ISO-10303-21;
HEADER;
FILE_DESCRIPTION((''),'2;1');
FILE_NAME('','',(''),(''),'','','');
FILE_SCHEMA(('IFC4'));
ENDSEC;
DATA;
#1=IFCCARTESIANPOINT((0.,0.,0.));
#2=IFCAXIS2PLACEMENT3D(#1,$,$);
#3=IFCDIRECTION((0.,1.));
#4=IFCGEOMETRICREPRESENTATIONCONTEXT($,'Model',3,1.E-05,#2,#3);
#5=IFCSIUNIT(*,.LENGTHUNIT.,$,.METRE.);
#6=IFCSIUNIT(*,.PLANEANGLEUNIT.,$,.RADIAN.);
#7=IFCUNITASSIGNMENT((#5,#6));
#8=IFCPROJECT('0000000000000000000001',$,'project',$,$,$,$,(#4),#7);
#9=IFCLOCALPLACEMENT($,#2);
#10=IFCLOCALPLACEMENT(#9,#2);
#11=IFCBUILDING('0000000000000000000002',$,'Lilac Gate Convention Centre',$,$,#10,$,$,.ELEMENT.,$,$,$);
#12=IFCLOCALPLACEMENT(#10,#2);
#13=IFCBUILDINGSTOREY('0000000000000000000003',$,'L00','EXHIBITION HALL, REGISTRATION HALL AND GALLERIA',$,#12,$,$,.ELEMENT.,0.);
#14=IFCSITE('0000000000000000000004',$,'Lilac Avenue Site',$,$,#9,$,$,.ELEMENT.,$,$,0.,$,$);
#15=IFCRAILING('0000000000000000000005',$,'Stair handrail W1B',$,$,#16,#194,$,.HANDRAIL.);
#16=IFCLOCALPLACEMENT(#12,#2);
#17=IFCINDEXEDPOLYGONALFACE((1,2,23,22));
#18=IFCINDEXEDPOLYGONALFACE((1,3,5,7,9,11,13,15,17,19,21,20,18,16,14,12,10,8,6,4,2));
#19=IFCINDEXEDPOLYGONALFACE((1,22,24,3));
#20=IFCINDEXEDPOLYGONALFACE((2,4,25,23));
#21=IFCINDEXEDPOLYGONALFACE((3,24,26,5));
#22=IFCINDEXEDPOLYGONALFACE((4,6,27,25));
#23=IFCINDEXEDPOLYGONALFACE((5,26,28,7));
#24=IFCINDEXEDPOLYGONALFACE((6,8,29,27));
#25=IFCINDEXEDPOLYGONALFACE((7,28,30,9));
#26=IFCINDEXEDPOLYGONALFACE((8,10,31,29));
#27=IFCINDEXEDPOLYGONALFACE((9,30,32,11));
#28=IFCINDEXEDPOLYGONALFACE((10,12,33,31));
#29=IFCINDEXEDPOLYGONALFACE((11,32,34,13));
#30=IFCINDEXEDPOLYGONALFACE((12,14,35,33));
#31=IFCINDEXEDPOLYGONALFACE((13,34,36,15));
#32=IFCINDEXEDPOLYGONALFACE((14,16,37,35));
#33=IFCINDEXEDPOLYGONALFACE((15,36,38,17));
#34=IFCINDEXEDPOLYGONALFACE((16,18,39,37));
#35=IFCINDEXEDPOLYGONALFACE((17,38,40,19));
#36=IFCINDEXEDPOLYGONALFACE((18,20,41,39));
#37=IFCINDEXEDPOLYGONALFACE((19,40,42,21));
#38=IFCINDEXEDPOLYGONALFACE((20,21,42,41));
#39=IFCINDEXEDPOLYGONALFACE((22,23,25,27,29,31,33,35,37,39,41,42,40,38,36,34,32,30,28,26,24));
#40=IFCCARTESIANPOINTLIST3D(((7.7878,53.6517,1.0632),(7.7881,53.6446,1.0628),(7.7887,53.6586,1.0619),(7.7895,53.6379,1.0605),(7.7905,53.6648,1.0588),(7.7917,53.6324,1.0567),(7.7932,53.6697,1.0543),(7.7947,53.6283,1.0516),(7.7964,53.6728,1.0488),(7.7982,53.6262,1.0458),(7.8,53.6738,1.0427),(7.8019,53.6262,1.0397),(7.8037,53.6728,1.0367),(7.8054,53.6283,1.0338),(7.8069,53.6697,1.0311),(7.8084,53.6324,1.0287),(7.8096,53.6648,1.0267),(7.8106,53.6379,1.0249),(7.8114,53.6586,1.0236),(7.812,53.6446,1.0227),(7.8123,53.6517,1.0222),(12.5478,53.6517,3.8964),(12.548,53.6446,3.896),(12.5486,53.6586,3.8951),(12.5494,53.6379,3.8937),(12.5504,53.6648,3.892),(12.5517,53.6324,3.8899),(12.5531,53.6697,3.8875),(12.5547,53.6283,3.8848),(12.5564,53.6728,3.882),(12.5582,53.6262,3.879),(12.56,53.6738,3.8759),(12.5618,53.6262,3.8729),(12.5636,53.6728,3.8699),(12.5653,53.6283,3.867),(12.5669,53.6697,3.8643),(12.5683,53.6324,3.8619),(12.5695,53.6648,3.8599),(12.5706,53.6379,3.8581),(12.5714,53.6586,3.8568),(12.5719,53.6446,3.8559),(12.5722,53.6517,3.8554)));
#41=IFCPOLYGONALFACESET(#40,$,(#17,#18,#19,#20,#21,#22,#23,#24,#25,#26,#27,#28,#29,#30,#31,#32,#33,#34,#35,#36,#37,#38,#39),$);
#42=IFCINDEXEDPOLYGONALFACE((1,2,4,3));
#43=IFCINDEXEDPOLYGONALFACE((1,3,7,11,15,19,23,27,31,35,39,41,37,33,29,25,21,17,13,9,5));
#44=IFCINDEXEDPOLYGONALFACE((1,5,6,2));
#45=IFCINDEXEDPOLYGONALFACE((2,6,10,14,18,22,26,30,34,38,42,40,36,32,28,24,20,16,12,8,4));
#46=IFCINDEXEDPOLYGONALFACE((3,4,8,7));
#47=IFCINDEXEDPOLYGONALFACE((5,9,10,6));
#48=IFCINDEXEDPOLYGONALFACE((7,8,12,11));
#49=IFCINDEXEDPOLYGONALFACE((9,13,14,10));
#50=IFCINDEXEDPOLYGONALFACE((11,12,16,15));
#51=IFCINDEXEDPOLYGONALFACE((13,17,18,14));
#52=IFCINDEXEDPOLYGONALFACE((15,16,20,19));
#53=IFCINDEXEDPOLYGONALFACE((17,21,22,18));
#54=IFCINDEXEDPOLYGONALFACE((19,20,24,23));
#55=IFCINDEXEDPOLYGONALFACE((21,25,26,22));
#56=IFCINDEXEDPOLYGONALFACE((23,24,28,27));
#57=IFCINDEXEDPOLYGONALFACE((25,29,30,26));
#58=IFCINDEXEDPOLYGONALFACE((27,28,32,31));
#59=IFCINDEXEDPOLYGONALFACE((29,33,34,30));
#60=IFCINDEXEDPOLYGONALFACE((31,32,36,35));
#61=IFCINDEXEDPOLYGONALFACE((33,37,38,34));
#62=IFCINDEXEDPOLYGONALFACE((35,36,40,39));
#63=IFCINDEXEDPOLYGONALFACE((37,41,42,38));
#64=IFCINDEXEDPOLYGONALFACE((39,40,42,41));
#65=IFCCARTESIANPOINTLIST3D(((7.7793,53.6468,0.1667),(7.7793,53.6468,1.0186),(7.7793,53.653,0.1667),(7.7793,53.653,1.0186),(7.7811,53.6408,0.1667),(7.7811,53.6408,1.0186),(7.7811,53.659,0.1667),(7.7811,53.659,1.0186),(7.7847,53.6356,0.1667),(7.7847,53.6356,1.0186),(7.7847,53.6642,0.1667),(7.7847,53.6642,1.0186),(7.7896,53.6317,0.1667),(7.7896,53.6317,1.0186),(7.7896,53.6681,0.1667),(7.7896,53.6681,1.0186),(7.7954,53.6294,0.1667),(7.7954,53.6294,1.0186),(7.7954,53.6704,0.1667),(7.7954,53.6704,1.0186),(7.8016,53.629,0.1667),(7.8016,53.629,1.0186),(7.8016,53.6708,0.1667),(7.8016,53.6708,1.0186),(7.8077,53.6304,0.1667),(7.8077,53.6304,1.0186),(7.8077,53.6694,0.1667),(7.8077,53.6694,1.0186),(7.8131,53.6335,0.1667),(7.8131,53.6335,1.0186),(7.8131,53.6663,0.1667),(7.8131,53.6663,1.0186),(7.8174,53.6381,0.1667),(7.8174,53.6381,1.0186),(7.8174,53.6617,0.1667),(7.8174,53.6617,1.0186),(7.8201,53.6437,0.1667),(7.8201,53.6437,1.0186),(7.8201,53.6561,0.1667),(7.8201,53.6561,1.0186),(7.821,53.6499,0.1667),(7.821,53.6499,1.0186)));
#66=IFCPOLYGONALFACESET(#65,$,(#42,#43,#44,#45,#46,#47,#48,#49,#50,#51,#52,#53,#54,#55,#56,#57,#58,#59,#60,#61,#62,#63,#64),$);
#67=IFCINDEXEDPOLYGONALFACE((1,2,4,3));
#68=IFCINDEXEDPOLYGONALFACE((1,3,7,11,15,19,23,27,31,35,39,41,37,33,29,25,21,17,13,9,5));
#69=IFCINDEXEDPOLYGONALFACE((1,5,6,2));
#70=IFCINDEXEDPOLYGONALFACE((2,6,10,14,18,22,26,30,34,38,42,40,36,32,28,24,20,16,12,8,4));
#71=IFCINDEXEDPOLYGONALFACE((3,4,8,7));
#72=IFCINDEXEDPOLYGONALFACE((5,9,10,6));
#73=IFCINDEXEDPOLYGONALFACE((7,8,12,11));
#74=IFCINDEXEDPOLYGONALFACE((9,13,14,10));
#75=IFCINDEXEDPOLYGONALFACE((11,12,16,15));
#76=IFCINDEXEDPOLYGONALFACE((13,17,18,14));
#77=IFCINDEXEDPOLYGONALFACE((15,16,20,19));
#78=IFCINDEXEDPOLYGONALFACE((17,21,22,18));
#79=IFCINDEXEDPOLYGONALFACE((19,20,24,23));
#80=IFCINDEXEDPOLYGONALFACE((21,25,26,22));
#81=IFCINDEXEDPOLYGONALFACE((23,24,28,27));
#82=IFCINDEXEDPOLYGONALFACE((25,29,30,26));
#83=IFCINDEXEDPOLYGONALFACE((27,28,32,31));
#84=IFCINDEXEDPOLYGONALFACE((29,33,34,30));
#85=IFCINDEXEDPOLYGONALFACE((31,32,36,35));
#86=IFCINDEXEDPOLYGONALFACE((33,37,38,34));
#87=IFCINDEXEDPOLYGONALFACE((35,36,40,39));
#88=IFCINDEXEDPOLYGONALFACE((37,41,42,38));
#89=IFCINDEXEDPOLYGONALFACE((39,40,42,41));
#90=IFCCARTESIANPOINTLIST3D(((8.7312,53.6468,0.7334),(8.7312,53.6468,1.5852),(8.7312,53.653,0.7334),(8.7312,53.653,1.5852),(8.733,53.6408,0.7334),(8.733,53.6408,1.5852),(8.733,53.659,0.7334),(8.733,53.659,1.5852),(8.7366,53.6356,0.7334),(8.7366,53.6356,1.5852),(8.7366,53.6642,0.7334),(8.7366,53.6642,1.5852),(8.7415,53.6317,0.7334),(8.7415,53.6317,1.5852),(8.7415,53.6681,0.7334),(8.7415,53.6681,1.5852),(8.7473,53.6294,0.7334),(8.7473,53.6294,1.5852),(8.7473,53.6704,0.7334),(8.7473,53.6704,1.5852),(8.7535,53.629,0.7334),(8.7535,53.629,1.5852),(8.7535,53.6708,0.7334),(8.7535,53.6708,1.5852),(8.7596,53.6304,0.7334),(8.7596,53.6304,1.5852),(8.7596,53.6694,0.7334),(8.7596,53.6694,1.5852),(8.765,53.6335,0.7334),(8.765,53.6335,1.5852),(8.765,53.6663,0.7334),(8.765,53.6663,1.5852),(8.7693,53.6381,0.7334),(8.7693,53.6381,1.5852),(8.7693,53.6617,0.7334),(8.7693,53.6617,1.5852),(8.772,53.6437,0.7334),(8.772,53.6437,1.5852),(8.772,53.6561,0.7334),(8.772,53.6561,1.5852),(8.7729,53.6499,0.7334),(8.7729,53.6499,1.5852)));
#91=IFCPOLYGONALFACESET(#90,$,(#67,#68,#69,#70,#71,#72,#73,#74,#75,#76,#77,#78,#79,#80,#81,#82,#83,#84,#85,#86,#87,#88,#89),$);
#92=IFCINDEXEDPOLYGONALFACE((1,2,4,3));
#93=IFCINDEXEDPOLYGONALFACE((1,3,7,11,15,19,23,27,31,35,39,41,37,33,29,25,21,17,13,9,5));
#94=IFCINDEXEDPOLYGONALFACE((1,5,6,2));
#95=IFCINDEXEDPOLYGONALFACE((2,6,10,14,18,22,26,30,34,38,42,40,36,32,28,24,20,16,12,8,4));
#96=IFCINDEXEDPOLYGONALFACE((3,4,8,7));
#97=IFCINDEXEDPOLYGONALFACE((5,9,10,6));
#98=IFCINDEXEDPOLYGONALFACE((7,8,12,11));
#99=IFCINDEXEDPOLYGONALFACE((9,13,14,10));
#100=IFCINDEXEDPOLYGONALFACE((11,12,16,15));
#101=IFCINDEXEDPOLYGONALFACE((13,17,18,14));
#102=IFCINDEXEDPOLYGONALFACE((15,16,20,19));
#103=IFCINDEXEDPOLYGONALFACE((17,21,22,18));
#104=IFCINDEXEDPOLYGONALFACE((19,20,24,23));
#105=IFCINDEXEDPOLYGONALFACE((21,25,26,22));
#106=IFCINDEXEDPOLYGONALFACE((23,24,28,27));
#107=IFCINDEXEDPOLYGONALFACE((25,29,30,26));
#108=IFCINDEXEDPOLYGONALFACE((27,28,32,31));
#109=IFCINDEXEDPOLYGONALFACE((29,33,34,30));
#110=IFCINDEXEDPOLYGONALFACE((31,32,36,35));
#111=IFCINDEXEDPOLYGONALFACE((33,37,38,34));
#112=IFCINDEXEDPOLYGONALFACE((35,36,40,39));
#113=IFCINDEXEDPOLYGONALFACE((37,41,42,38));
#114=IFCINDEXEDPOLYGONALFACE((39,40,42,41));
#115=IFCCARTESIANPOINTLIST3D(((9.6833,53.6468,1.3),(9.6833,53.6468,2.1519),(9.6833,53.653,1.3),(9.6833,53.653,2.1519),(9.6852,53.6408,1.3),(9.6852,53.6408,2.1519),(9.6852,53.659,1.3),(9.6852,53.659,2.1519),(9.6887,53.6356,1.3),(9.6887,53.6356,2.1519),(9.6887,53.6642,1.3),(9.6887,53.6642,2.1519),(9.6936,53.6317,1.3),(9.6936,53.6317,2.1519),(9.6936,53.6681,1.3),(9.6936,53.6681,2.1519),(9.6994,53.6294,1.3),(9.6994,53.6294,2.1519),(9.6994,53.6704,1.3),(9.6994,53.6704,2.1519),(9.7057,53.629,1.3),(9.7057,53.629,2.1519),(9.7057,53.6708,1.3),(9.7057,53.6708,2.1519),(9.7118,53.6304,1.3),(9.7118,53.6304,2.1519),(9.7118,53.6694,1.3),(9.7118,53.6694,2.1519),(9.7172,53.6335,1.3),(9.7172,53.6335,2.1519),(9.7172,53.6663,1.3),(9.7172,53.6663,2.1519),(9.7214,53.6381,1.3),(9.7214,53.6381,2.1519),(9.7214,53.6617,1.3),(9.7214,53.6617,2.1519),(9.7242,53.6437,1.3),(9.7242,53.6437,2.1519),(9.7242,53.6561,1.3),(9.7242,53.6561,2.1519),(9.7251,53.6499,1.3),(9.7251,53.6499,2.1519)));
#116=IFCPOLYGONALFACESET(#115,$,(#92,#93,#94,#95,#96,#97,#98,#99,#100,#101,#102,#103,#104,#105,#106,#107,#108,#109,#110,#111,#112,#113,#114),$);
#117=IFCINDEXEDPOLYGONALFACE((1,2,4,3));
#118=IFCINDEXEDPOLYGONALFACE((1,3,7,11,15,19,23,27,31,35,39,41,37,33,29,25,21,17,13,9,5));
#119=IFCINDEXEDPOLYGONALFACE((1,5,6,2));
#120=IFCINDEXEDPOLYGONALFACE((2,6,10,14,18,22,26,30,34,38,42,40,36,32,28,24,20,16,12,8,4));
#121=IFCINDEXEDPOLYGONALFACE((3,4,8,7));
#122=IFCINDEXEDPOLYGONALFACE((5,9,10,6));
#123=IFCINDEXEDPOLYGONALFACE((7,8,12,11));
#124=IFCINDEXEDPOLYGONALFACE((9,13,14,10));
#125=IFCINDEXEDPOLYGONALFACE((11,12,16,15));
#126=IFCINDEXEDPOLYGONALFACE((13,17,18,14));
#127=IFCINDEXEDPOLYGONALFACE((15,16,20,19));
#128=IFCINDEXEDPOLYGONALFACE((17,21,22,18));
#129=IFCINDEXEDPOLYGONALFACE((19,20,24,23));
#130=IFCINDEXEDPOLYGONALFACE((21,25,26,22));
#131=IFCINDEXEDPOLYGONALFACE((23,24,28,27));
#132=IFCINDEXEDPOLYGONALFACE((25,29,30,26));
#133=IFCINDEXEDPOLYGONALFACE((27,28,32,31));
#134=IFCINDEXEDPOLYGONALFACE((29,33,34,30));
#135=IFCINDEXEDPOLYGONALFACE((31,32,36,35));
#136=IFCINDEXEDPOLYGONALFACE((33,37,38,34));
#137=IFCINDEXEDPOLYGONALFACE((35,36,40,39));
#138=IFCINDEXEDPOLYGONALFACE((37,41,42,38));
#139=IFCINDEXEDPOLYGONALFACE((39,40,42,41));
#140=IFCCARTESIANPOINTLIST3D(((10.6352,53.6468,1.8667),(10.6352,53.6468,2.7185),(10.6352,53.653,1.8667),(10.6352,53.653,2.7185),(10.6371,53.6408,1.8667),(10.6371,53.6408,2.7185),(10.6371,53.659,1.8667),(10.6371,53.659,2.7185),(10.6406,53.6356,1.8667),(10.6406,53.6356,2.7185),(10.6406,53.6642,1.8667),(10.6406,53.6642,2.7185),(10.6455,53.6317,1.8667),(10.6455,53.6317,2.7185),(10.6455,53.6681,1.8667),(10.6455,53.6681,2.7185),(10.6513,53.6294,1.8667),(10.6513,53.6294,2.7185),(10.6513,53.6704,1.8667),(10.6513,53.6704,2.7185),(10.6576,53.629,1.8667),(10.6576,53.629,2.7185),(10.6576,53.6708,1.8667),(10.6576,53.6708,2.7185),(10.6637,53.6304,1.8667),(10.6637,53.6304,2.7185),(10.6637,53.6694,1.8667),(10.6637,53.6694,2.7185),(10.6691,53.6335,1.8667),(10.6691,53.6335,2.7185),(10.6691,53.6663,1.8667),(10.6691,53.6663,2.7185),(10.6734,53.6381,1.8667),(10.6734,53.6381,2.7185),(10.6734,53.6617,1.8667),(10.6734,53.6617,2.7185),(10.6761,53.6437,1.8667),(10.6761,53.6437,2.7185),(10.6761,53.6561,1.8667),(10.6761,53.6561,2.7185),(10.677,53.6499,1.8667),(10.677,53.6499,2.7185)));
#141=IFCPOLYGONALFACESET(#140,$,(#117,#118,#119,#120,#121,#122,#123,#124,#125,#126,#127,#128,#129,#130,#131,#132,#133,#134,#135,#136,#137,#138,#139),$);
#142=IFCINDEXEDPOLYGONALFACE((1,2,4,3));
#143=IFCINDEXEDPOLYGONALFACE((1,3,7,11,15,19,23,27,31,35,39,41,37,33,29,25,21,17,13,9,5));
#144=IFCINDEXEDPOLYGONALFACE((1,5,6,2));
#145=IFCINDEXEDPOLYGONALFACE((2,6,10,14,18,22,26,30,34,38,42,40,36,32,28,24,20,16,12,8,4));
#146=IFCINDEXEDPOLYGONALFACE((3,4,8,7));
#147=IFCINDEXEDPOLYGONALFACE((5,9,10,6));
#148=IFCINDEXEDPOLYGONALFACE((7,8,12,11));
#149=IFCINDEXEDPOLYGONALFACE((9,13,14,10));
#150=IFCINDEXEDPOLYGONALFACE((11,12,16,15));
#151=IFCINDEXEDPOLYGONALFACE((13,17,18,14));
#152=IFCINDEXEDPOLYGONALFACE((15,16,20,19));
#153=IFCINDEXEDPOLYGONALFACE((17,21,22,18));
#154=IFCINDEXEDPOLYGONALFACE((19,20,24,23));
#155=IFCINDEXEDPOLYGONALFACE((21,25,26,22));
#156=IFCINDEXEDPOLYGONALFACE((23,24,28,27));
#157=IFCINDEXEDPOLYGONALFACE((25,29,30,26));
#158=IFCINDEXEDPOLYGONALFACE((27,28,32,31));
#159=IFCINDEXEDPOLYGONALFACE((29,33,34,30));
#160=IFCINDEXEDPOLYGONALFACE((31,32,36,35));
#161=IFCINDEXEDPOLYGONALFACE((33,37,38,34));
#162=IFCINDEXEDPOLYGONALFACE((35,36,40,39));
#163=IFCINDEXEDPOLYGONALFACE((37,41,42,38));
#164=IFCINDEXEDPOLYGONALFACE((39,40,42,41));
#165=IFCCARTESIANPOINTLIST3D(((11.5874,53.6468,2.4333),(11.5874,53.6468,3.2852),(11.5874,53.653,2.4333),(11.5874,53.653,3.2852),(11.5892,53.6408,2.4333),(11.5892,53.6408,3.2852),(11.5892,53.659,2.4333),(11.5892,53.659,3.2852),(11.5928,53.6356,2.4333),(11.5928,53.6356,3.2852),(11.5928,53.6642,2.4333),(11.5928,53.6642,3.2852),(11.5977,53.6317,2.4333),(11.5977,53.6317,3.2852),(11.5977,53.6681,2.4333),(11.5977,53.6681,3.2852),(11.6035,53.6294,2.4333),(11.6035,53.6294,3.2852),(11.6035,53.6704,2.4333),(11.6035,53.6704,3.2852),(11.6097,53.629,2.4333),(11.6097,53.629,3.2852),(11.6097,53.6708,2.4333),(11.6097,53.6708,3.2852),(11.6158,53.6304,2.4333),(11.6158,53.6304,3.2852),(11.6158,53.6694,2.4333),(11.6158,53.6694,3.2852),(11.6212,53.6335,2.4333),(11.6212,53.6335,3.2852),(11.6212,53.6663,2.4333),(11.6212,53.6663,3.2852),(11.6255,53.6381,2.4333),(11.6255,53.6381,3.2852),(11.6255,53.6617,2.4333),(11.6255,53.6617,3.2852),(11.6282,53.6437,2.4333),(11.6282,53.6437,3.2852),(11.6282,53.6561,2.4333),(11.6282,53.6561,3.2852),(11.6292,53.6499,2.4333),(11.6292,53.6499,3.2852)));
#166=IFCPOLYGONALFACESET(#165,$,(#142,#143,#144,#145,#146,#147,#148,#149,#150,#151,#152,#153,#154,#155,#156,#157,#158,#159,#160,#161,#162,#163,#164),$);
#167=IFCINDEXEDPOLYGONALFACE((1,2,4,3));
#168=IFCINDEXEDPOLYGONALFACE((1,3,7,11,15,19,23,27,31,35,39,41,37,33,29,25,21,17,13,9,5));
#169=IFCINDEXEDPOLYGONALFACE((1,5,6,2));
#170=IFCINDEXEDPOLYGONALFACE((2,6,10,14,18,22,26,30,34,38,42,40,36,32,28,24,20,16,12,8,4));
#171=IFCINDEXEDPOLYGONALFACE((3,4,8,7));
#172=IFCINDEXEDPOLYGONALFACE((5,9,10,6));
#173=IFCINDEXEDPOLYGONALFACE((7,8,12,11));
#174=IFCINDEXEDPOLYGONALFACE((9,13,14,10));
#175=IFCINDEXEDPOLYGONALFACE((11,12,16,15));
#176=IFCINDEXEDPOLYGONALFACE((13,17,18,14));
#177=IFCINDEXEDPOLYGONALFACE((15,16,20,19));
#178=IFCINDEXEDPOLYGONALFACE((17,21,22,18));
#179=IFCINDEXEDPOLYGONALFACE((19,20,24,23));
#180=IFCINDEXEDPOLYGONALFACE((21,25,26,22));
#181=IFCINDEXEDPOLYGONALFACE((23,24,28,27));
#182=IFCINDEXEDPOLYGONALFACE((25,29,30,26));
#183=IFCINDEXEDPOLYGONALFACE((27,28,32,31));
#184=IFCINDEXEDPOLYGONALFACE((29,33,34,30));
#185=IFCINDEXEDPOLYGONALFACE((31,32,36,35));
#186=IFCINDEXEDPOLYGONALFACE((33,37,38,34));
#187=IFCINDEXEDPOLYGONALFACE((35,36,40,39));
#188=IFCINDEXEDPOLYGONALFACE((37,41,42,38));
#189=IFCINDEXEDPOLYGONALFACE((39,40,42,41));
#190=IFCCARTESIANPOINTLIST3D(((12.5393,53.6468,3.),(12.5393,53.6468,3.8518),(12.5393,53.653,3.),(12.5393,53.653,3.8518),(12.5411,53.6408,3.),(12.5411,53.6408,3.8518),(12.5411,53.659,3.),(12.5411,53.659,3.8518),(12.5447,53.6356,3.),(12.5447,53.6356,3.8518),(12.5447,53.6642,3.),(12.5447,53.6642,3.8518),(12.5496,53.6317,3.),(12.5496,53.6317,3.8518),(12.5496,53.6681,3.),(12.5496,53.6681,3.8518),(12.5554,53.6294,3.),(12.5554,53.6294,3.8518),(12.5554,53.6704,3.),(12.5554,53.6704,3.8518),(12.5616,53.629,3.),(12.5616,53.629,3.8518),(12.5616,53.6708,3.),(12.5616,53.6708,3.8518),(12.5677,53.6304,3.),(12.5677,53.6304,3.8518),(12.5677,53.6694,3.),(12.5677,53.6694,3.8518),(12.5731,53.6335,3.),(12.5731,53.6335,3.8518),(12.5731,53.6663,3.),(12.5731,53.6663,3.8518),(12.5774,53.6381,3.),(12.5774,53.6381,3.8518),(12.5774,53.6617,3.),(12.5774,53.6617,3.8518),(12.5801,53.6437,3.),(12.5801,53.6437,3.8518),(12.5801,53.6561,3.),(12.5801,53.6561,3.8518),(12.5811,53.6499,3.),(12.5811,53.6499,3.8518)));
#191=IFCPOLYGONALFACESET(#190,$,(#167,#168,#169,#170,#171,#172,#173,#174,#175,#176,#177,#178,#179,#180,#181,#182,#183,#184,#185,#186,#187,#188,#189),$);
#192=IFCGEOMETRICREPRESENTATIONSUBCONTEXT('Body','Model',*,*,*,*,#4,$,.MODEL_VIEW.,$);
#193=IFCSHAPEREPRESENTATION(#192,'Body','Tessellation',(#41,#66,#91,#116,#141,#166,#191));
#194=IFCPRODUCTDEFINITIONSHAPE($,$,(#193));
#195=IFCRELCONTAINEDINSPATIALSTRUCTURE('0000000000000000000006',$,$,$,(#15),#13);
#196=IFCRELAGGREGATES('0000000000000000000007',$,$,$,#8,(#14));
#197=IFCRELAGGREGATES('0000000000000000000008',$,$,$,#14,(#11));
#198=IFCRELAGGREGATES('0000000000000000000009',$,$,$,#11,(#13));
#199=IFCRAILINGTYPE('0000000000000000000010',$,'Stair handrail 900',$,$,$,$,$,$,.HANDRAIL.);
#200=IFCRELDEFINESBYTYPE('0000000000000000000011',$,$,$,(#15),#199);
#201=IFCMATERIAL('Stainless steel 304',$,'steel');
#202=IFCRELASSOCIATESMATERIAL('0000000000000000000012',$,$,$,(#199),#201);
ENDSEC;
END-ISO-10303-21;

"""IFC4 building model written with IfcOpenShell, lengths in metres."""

from ifc_helpers import new_model, si_unit, direction, frame, origin, origin_2d, place, context, subcontext, project, spatial, circle, extrude, material, type_object, element, save


model = new_model("IFC4")

# Units and contexts
model_context = context("Model", 3, precision=1e-05, world=origin(), true_north=direction((0.0, 1.0)))
body_context = subcontext(model_context, "Body", "Model", "MODEL_VIEW")
ifc_project = project(units=[si_unit("LENGTHUNIT", "METRE"), si_unit("PLANEANGLEUNIT", "RADIAN")], contexts=[model_context])

# Site, building, storey
site_placement = place(None, origin())
site = spatial("IfcSite", under=ifc_project, at=site_placement, Name="Lilac Avenue Site", CompositionType="ELEMENT", RefElevation=0.0)
building_placement = place(site_placement, origin())
building = spatial("IfcBuilding", under=site, at=building_placement, Name="Lilac Gate Convention Centre", CompositionType="ELEMENT")
storey_placement = place(building_placement, origin())
storey = spatial("IfcBuildingStorey", under=building, at=storey_placement, Name="L00", Description="EXHIBITION HALL, REGISTRATION HALL AND GALLERIA", CompositionType="ELEMENT", Elevation=0.0)

# Railing
ifc_material_1 = material(Name="Stainless steel 304", Category="steel")
railing_type_1 = type_object("IfcRailingType", Name="Stair handrail 900", PredefinedType="HANDRAIL", material=ifc_material_1)
for number, where, name in (
    (1, (7.8, 53.6499, 0.1667), "Stair handrail W1B"),
):
    element("IfcRailing", number, at=place(storey_placement, frame(where)), inside=storey, type_object=railing_type_1, Name=name, PredefinedType="HANDRAIL", context=body_context, shape_type="SweptSolid", body=[
        extrude(circle(Radius=0.0239, at=origin_2d()), frame((0.0, 0.0, 0.876), z_axis=(0.8593, 0.0, 0.511472), x_axis=(0.0, 1.0, 0.0)), (0.0, 0.0, 1.0), 5.5393),
        extrude(circle(Radius=0.021, at=origin_2d()), origin(), (0.0, 0.0, 1.0), 0.8518),
        extrude(circle(Radius=0.021, at=origin_2d()), frame((0.9519, 0.0, 0.5667)), (0.0, 0.0, 1.0), 0.8518),
        extrude(circle(Radius=0.021, at=origin_2d()), frame((1.9041, 0.0, 1.1333)), (0.0, 0.0, 1.0), 0.8518),
        extrude(circle(Radius=0.021, at=origin_2d()), frame((2.856, 0.0, 1.7)), (0.0, 0.0, 1.0), 0.8518),
        extrude(circle(Radius=0.021, at=origin_2d()), frame((3.8081, 0.0, 2.2666)), (0.0, 0.0, 1.0), 0.8518),
        extrude(circle(Radius=0.021, at=origin_2d()), frame((4.76, 0.0, 2.8333)), (0.0, 0.0, 1.0), 0.8518),
    ])

save(model, "model.ifc")
